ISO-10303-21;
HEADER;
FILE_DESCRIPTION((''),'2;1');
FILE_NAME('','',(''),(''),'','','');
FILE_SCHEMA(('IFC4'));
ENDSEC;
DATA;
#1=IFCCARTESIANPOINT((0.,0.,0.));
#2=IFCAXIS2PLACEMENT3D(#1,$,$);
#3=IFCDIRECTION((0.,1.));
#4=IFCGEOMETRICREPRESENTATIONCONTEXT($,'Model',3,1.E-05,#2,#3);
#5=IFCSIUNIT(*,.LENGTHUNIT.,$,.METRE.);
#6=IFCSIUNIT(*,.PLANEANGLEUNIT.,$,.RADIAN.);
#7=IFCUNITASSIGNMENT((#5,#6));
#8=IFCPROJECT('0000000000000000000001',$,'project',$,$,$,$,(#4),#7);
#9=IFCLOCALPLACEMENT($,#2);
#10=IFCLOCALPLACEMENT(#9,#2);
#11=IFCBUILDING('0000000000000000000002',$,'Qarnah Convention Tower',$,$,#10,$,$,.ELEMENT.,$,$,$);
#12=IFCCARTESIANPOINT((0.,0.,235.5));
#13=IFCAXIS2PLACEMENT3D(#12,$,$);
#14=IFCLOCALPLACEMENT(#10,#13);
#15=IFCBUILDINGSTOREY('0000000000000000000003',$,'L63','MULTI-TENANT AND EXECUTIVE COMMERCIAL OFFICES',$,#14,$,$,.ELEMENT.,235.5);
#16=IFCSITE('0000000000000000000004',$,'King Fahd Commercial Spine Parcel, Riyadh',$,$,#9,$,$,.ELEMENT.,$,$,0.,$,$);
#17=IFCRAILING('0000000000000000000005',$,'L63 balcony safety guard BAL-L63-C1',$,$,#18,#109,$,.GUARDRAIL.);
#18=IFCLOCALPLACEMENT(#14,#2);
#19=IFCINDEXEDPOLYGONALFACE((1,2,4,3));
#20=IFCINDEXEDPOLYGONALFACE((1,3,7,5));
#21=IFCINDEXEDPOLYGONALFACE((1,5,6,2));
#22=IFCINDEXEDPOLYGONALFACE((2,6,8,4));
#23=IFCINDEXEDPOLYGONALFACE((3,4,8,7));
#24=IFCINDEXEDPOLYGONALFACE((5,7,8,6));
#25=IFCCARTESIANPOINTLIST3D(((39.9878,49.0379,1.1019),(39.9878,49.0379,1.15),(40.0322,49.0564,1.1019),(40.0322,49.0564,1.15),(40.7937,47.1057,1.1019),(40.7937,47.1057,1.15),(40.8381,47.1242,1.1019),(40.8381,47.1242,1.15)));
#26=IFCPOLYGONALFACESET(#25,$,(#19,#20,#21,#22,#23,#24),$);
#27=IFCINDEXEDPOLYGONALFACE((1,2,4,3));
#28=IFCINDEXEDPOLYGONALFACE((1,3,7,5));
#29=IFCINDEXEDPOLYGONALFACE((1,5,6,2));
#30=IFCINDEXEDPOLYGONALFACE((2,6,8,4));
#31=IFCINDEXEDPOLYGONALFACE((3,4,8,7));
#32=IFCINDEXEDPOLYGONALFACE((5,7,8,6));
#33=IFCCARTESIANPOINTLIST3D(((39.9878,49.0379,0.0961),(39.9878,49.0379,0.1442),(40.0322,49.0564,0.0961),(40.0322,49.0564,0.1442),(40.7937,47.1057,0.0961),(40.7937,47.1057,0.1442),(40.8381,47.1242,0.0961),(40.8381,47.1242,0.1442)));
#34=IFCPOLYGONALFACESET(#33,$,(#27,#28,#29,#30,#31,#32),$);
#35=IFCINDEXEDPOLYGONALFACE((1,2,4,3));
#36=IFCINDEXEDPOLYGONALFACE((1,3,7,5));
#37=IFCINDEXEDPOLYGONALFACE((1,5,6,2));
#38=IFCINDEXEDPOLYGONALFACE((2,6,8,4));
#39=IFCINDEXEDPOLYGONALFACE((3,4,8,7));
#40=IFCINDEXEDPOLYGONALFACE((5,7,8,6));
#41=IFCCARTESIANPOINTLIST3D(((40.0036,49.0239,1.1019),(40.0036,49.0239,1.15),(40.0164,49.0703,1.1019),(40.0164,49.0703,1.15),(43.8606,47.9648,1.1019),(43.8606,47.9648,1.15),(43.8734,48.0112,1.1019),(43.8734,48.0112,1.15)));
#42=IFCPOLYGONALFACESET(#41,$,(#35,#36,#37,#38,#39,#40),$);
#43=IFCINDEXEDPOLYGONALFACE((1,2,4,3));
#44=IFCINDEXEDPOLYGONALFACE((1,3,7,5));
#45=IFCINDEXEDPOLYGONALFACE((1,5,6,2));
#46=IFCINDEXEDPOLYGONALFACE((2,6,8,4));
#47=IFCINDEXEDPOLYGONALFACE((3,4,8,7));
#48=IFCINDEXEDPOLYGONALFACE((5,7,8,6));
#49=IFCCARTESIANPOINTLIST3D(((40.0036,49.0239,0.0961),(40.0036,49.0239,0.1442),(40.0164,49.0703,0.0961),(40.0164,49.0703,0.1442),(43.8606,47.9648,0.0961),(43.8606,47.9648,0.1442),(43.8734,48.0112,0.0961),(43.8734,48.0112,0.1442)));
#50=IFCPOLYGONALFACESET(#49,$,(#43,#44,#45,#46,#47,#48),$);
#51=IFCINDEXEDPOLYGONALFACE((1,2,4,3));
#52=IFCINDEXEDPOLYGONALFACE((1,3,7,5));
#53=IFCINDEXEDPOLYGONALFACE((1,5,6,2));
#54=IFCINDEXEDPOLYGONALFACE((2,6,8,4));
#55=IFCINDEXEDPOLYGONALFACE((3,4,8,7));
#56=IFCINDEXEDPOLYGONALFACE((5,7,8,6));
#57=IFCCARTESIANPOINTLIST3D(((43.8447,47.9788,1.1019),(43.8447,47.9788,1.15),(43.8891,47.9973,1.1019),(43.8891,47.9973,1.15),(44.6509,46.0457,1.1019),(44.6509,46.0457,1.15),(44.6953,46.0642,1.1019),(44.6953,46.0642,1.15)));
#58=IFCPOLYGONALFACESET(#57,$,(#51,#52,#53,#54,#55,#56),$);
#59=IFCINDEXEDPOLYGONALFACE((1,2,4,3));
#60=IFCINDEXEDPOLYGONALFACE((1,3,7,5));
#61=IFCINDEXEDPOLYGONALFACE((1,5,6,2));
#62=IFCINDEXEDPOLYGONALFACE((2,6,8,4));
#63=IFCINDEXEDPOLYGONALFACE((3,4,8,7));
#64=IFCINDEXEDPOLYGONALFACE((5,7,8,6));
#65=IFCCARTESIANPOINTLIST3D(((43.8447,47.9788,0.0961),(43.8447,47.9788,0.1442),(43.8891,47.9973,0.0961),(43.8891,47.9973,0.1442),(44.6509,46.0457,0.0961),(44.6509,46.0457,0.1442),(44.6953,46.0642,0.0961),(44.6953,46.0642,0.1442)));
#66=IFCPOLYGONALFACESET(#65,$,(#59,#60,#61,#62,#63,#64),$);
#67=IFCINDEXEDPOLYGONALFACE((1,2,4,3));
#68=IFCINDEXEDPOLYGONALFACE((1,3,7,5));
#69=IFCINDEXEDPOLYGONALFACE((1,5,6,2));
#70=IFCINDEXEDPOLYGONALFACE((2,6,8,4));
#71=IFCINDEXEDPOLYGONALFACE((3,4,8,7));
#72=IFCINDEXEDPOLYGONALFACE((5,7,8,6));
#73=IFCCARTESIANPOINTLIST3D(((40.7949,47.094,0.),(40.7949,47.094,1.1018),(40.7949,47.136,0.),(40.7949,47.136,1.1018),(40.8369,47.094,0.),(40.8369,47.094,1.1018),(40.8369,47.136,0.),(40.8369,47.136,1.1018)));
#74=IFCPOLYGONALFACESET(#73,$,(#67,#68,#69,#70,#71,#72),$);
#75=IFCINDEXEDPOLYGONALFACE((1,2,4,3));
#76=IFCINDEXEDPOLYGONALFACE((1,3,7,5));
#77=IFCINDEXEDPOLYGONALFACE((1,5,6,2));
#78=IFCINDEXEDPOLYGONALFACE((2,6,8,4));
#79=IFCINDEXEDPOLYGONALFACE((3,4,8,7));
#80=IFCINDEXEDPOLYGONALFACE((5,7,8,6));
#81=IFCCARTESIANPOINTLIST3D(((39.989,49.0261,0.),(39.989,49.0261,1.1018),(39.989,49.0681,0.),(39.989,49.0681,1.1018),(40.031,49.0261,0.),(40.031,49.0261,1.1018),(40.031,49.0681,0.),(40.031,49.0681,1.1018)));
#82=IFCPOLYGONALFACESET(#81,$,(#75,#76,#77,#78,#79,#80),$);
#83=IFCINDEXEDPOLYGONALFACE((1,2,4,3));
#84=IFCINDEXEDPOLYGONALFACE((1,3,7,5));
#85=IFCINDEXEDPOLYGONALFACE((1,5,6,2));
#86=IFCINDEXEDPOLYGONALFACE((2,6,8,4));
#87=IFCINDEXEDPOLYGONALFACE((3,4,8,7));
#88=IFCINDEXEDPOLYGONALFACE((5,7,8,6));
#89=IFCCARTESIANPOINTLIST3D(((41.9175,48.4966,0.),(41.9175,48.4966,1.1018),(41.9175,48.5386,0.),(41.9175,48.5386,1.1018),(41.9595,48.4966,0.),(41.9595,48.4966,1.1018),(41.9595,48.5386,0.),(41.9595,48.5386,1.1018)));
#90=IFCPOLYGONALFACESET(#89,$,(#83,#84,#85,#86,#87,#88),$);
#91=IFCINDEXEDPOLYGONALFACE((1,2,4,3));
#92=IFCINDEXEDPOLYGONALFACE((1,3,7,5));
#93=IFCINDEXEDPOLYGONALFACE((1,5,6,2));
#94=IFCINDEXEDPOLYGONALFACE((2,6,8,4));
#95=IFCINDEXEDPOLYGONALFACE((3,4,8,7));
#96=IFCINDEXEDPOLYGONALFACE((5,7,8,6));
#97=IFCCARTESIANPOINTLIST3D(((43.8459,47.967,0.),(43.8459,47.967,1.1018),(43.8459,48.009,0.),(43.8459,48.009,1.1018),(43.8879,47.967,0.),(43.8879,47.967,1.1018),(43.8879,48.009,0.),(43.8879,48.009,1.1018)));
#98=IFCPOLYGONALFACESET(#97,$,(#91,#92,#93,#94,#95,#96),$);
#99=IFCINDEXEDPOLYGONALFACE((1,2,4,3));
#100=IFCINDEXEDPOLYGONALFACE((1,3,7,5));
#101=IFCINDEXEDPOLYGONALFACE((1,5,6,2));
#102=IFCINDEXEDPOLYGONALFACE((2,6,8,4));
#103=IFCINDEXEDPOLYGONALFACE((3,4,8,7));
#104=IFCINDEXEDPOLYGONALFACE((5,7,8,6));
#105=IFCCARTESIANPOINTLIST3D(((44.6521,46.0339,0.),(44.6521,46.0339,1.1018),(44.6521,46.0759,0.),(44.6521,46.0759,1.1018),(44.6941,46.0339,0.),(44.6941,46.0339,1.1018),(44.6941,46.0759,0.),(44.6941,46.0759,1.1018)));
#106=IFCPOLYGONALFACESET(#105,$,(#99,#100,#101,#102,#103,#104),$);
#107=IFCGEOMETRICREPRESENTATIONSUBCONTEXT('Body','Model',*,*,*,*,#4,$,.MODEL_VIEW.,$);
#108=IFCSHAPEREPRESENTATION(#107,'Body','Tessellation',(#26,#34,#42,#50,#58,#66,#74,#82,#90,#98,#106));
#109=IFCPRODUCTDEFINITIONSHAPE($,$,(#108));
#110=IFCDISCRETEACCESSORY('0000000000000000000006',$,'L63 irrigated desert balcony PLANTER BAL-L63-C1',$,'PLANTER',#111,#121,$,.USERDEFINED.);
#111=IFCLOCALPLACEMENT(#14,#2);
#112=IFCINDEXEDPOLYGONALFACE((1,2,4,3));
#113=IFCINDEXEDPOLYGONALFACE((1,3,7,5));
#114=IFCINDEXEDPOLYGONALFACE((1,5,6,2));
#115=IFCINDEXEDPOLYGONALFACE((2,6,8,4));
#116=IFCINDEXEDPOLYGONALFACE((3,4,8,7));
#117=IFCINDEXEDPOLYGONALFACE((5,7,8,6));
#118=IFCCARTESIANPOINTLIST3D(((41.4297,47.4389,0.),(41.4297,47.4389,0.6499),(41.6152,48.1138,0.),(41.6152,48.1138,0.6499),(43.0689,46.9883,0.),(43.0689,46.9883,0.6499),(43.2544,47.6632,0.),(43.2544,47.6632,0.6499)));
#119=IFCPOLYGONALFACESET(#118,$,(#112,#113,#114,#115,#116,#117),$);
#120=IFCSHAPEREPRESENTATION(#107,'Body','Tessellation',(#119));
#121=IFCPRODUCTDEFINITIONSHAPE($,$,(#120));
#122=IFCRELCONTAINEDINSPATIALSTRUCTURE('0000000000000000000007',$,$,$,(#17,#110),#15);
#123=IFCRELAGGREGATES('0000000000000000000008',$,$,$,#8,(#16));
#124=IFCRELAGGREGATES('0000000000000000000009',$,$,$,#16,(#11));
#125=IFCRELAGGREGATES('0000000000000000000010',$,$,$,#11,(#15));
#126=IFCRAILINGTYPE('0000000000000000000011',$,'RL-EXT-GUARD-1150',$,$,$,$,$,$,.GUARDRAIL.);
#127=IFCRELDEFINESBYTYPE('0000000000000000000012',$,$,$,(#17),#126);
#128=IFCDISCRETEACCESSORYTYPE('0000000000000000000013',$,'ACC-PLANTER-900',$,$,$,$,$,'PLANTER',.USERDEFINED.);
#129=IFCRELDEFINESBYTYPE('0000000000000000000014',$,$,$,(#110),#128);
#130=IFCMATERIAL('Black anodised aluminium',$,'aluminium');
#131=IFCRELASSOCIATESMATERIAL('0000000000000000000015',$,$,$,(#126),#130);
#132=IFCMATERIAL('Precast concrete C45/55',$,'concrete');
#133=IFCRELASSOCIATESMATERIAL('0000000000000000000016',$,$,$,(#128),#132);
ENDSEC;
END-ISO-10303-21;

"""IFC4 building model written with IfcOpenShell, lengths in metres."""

from ifc_helpers import new_model, si_unit, direction, frame, origin, origin_2d, place, context, subcontext, project, spatial, rectangle, extrude, material, type_object, element, save


model = new_model("IFC4")

# Units and contexts
model_context = context("Model", 3, precision=1e-05, world=origin(), true_north=direction((0.0, 1.0)))
body_context = subcontext(model_context, "Body", "Model", "MODEL_VIEW")
ifc_project = project(units=[si_unit("LENGTHUNIT", "METRE"), si_unit("PLANEANGLEUNIT", "RADIAN")], contexts=[model_context])

# Site, building, storey
site_placement = place(None, origin())
site = spatial("IfcSite", under=ifc_project, at=site_placement, Name="King Fahd Commercial Spine Parcel, Riyadh", CompositionType="ELEMENT", RefElevation=0.0)
building_placement = place(site_placement, origin())
building = spatial("IfcBuilding", under=site, at=building_placement, Name="Qarnah Convention Tower", CompositionType="ELEMENT")
storey_placement = place(building_placement, frame((0.0, 0.0, 235.5)))
storey = spatial("IfcBuildingStorey", under=building, at=storey_placement, Name="L63", Description="MULTI-TENANT AND EXECUTIVE COMMERCIAL OFFICES", CompositionType="ELEMENT", Elevation=235.5)

# Shared definitions
ifc_material_1 = material(Name="Black anodised aluminium", Category="aluminium")

# Shared definitions
ifc_material_2 = material(Name="Precast concrete C45/55", Category="concrete")

# Railing
railing_type = type_object("IfcRailingType", Name="RL-EXT-GUARD-1150", PredefinedType="GUARDRAIL", material=ifc_material_1)
railing_1_placement = place(storey_placement, frame((40.8159, 47.115, 0.0)))
element("IfcRailing", 1, at=railing_1_placement, inside=storey, type_object=railing_type, Name="L63 balcony safety guard BAL-L63-C1", PredefinedType="GUARDRAIL", context=body_context, shape_type="SweptSolid", body=[
    extrude(rectangle(XDim=0.0481, YDim=0.0481, at=origin_2d()), frame((0.0, 0.0, 1.126), z_axis=(-0.384963, 0.922932, 0.0), x_axis=(-0.922932, -0.384963, 0.0)), (0.0, 0.0, 1.0), 2.0935),
    extrude(rectangle(XDim=0.0481, YDim=0.0481, at=origin_2d()), frame((0.0, 0.0, 0.1201), z_axis=(-0.384963, 0.922932, 0.0), x_axis=(-0.922932, -0.384963, 0.0)), (0.0, 0.0, 1.0), 2.0935),
    extrude(rectangle(XDim=0.0481, YDim=0.0481, at=origin_2d()), frame((-0.8059, 1.9321, 1.126), z_axis=(0.964306, -0.26479, 0.0), x_axis=(0.26479, 0.964306, 0.0)), (0.0, 0.0, 1.0), 3.9998),
    extrude(rectangle(XDim=0.0481, YDim=0.0481, at=origin_2d()), frame((-0.8059, 1.9321, 0.1201), z_axis=(0.964306, -0.26479, 0.0), x_axis=(0.26479, 0.964306, 0.0)), (0.0, 0.0, 1.0), 3.9998),
    extrude(rectangle(XDim=0.0481, YDim=0.0481, at=origin_2d()), frame((3.051, 0.873, 1.126), z_axis=(0.384897, -0.92296, 0.0), x_axis=(0.92296, 0.384897, 0.0)), (0.0, 0.0, 1.0), 2.0945),
    extrude(rectangle(XDim=0.0481, YDim=0.0481, at=origin_2d()), frame((3.051, 0.873, 0.1201), z_axis=(0.384897, -0.92296, 0.0), x_axis=(0.92296, 0.384897, 0.0)), (0.0, 0.0, 1.0), 2.0945),
    extrude(rectangle(XDim=0.042, YDim=0.042, at=origin_2d()), origin(), (0.0, 0.0, 1.0), 1.1018),
    extrude(rectangle(XDim=0.042, YDim=0.042, at=origin_2d()), frame((-0.8059, 1.9321, 0.0)), (0.0, 0.0, 1.0), 1.1018),
    extrude(rectangle(XDim=0.042, YDim=0.042, at=origin_2d()), frame((1.1226, 1.4026, 0.0)), (0.0, 0.0, 1.0), 1.1018),
    extrude(rectangle(XDim=0.042, YDim=0.042, at=origin_2d()), frame((3.051, 0.873, 0.0)), (0.0, 0.0, 1.0), 1.1018),
    extrude(rectangle(XDim=0.042, YDim=0.042, at=origin_2d()), frame((3.8572, -1.0601, 0.0)), (0.0, 0.0, 1.0), 1.1018),
])

# Discrete accessory
discrete_accessory_type = type_object("IfcDiscreteAccessoryType", Name="ACC-PLANTER-900", ElementType="PLANTER", PredefinedType="USERDEFINED", material=ifc_material_2)
discrete_accessory_placement = place(storey_placement, frame((42.342, 47.551, 0.0), z_axis=(0.0, 0.0, 1.0), x_axis=(-0.964234, 0.265051, 0.0)))
element("IfcDiscreteAccessory", 2, at=discrete_accessory_placement, inside=storey, type_object=discrete_accessory_type, Name="L63 irrigated desert balcony PLANTER BAL-L63-C1", ObjectType="PLANTER", PredefinedType="USERDEFINED", context=body_context, shape_type="SweptSolid", body=[
    extrude(rectangle(XDim=1.7, YDim=0.7, at=origin_2d()), origin(), (0.0, 0.0, 1.0), 0.6499),
])

save(model, "model.ifc")
